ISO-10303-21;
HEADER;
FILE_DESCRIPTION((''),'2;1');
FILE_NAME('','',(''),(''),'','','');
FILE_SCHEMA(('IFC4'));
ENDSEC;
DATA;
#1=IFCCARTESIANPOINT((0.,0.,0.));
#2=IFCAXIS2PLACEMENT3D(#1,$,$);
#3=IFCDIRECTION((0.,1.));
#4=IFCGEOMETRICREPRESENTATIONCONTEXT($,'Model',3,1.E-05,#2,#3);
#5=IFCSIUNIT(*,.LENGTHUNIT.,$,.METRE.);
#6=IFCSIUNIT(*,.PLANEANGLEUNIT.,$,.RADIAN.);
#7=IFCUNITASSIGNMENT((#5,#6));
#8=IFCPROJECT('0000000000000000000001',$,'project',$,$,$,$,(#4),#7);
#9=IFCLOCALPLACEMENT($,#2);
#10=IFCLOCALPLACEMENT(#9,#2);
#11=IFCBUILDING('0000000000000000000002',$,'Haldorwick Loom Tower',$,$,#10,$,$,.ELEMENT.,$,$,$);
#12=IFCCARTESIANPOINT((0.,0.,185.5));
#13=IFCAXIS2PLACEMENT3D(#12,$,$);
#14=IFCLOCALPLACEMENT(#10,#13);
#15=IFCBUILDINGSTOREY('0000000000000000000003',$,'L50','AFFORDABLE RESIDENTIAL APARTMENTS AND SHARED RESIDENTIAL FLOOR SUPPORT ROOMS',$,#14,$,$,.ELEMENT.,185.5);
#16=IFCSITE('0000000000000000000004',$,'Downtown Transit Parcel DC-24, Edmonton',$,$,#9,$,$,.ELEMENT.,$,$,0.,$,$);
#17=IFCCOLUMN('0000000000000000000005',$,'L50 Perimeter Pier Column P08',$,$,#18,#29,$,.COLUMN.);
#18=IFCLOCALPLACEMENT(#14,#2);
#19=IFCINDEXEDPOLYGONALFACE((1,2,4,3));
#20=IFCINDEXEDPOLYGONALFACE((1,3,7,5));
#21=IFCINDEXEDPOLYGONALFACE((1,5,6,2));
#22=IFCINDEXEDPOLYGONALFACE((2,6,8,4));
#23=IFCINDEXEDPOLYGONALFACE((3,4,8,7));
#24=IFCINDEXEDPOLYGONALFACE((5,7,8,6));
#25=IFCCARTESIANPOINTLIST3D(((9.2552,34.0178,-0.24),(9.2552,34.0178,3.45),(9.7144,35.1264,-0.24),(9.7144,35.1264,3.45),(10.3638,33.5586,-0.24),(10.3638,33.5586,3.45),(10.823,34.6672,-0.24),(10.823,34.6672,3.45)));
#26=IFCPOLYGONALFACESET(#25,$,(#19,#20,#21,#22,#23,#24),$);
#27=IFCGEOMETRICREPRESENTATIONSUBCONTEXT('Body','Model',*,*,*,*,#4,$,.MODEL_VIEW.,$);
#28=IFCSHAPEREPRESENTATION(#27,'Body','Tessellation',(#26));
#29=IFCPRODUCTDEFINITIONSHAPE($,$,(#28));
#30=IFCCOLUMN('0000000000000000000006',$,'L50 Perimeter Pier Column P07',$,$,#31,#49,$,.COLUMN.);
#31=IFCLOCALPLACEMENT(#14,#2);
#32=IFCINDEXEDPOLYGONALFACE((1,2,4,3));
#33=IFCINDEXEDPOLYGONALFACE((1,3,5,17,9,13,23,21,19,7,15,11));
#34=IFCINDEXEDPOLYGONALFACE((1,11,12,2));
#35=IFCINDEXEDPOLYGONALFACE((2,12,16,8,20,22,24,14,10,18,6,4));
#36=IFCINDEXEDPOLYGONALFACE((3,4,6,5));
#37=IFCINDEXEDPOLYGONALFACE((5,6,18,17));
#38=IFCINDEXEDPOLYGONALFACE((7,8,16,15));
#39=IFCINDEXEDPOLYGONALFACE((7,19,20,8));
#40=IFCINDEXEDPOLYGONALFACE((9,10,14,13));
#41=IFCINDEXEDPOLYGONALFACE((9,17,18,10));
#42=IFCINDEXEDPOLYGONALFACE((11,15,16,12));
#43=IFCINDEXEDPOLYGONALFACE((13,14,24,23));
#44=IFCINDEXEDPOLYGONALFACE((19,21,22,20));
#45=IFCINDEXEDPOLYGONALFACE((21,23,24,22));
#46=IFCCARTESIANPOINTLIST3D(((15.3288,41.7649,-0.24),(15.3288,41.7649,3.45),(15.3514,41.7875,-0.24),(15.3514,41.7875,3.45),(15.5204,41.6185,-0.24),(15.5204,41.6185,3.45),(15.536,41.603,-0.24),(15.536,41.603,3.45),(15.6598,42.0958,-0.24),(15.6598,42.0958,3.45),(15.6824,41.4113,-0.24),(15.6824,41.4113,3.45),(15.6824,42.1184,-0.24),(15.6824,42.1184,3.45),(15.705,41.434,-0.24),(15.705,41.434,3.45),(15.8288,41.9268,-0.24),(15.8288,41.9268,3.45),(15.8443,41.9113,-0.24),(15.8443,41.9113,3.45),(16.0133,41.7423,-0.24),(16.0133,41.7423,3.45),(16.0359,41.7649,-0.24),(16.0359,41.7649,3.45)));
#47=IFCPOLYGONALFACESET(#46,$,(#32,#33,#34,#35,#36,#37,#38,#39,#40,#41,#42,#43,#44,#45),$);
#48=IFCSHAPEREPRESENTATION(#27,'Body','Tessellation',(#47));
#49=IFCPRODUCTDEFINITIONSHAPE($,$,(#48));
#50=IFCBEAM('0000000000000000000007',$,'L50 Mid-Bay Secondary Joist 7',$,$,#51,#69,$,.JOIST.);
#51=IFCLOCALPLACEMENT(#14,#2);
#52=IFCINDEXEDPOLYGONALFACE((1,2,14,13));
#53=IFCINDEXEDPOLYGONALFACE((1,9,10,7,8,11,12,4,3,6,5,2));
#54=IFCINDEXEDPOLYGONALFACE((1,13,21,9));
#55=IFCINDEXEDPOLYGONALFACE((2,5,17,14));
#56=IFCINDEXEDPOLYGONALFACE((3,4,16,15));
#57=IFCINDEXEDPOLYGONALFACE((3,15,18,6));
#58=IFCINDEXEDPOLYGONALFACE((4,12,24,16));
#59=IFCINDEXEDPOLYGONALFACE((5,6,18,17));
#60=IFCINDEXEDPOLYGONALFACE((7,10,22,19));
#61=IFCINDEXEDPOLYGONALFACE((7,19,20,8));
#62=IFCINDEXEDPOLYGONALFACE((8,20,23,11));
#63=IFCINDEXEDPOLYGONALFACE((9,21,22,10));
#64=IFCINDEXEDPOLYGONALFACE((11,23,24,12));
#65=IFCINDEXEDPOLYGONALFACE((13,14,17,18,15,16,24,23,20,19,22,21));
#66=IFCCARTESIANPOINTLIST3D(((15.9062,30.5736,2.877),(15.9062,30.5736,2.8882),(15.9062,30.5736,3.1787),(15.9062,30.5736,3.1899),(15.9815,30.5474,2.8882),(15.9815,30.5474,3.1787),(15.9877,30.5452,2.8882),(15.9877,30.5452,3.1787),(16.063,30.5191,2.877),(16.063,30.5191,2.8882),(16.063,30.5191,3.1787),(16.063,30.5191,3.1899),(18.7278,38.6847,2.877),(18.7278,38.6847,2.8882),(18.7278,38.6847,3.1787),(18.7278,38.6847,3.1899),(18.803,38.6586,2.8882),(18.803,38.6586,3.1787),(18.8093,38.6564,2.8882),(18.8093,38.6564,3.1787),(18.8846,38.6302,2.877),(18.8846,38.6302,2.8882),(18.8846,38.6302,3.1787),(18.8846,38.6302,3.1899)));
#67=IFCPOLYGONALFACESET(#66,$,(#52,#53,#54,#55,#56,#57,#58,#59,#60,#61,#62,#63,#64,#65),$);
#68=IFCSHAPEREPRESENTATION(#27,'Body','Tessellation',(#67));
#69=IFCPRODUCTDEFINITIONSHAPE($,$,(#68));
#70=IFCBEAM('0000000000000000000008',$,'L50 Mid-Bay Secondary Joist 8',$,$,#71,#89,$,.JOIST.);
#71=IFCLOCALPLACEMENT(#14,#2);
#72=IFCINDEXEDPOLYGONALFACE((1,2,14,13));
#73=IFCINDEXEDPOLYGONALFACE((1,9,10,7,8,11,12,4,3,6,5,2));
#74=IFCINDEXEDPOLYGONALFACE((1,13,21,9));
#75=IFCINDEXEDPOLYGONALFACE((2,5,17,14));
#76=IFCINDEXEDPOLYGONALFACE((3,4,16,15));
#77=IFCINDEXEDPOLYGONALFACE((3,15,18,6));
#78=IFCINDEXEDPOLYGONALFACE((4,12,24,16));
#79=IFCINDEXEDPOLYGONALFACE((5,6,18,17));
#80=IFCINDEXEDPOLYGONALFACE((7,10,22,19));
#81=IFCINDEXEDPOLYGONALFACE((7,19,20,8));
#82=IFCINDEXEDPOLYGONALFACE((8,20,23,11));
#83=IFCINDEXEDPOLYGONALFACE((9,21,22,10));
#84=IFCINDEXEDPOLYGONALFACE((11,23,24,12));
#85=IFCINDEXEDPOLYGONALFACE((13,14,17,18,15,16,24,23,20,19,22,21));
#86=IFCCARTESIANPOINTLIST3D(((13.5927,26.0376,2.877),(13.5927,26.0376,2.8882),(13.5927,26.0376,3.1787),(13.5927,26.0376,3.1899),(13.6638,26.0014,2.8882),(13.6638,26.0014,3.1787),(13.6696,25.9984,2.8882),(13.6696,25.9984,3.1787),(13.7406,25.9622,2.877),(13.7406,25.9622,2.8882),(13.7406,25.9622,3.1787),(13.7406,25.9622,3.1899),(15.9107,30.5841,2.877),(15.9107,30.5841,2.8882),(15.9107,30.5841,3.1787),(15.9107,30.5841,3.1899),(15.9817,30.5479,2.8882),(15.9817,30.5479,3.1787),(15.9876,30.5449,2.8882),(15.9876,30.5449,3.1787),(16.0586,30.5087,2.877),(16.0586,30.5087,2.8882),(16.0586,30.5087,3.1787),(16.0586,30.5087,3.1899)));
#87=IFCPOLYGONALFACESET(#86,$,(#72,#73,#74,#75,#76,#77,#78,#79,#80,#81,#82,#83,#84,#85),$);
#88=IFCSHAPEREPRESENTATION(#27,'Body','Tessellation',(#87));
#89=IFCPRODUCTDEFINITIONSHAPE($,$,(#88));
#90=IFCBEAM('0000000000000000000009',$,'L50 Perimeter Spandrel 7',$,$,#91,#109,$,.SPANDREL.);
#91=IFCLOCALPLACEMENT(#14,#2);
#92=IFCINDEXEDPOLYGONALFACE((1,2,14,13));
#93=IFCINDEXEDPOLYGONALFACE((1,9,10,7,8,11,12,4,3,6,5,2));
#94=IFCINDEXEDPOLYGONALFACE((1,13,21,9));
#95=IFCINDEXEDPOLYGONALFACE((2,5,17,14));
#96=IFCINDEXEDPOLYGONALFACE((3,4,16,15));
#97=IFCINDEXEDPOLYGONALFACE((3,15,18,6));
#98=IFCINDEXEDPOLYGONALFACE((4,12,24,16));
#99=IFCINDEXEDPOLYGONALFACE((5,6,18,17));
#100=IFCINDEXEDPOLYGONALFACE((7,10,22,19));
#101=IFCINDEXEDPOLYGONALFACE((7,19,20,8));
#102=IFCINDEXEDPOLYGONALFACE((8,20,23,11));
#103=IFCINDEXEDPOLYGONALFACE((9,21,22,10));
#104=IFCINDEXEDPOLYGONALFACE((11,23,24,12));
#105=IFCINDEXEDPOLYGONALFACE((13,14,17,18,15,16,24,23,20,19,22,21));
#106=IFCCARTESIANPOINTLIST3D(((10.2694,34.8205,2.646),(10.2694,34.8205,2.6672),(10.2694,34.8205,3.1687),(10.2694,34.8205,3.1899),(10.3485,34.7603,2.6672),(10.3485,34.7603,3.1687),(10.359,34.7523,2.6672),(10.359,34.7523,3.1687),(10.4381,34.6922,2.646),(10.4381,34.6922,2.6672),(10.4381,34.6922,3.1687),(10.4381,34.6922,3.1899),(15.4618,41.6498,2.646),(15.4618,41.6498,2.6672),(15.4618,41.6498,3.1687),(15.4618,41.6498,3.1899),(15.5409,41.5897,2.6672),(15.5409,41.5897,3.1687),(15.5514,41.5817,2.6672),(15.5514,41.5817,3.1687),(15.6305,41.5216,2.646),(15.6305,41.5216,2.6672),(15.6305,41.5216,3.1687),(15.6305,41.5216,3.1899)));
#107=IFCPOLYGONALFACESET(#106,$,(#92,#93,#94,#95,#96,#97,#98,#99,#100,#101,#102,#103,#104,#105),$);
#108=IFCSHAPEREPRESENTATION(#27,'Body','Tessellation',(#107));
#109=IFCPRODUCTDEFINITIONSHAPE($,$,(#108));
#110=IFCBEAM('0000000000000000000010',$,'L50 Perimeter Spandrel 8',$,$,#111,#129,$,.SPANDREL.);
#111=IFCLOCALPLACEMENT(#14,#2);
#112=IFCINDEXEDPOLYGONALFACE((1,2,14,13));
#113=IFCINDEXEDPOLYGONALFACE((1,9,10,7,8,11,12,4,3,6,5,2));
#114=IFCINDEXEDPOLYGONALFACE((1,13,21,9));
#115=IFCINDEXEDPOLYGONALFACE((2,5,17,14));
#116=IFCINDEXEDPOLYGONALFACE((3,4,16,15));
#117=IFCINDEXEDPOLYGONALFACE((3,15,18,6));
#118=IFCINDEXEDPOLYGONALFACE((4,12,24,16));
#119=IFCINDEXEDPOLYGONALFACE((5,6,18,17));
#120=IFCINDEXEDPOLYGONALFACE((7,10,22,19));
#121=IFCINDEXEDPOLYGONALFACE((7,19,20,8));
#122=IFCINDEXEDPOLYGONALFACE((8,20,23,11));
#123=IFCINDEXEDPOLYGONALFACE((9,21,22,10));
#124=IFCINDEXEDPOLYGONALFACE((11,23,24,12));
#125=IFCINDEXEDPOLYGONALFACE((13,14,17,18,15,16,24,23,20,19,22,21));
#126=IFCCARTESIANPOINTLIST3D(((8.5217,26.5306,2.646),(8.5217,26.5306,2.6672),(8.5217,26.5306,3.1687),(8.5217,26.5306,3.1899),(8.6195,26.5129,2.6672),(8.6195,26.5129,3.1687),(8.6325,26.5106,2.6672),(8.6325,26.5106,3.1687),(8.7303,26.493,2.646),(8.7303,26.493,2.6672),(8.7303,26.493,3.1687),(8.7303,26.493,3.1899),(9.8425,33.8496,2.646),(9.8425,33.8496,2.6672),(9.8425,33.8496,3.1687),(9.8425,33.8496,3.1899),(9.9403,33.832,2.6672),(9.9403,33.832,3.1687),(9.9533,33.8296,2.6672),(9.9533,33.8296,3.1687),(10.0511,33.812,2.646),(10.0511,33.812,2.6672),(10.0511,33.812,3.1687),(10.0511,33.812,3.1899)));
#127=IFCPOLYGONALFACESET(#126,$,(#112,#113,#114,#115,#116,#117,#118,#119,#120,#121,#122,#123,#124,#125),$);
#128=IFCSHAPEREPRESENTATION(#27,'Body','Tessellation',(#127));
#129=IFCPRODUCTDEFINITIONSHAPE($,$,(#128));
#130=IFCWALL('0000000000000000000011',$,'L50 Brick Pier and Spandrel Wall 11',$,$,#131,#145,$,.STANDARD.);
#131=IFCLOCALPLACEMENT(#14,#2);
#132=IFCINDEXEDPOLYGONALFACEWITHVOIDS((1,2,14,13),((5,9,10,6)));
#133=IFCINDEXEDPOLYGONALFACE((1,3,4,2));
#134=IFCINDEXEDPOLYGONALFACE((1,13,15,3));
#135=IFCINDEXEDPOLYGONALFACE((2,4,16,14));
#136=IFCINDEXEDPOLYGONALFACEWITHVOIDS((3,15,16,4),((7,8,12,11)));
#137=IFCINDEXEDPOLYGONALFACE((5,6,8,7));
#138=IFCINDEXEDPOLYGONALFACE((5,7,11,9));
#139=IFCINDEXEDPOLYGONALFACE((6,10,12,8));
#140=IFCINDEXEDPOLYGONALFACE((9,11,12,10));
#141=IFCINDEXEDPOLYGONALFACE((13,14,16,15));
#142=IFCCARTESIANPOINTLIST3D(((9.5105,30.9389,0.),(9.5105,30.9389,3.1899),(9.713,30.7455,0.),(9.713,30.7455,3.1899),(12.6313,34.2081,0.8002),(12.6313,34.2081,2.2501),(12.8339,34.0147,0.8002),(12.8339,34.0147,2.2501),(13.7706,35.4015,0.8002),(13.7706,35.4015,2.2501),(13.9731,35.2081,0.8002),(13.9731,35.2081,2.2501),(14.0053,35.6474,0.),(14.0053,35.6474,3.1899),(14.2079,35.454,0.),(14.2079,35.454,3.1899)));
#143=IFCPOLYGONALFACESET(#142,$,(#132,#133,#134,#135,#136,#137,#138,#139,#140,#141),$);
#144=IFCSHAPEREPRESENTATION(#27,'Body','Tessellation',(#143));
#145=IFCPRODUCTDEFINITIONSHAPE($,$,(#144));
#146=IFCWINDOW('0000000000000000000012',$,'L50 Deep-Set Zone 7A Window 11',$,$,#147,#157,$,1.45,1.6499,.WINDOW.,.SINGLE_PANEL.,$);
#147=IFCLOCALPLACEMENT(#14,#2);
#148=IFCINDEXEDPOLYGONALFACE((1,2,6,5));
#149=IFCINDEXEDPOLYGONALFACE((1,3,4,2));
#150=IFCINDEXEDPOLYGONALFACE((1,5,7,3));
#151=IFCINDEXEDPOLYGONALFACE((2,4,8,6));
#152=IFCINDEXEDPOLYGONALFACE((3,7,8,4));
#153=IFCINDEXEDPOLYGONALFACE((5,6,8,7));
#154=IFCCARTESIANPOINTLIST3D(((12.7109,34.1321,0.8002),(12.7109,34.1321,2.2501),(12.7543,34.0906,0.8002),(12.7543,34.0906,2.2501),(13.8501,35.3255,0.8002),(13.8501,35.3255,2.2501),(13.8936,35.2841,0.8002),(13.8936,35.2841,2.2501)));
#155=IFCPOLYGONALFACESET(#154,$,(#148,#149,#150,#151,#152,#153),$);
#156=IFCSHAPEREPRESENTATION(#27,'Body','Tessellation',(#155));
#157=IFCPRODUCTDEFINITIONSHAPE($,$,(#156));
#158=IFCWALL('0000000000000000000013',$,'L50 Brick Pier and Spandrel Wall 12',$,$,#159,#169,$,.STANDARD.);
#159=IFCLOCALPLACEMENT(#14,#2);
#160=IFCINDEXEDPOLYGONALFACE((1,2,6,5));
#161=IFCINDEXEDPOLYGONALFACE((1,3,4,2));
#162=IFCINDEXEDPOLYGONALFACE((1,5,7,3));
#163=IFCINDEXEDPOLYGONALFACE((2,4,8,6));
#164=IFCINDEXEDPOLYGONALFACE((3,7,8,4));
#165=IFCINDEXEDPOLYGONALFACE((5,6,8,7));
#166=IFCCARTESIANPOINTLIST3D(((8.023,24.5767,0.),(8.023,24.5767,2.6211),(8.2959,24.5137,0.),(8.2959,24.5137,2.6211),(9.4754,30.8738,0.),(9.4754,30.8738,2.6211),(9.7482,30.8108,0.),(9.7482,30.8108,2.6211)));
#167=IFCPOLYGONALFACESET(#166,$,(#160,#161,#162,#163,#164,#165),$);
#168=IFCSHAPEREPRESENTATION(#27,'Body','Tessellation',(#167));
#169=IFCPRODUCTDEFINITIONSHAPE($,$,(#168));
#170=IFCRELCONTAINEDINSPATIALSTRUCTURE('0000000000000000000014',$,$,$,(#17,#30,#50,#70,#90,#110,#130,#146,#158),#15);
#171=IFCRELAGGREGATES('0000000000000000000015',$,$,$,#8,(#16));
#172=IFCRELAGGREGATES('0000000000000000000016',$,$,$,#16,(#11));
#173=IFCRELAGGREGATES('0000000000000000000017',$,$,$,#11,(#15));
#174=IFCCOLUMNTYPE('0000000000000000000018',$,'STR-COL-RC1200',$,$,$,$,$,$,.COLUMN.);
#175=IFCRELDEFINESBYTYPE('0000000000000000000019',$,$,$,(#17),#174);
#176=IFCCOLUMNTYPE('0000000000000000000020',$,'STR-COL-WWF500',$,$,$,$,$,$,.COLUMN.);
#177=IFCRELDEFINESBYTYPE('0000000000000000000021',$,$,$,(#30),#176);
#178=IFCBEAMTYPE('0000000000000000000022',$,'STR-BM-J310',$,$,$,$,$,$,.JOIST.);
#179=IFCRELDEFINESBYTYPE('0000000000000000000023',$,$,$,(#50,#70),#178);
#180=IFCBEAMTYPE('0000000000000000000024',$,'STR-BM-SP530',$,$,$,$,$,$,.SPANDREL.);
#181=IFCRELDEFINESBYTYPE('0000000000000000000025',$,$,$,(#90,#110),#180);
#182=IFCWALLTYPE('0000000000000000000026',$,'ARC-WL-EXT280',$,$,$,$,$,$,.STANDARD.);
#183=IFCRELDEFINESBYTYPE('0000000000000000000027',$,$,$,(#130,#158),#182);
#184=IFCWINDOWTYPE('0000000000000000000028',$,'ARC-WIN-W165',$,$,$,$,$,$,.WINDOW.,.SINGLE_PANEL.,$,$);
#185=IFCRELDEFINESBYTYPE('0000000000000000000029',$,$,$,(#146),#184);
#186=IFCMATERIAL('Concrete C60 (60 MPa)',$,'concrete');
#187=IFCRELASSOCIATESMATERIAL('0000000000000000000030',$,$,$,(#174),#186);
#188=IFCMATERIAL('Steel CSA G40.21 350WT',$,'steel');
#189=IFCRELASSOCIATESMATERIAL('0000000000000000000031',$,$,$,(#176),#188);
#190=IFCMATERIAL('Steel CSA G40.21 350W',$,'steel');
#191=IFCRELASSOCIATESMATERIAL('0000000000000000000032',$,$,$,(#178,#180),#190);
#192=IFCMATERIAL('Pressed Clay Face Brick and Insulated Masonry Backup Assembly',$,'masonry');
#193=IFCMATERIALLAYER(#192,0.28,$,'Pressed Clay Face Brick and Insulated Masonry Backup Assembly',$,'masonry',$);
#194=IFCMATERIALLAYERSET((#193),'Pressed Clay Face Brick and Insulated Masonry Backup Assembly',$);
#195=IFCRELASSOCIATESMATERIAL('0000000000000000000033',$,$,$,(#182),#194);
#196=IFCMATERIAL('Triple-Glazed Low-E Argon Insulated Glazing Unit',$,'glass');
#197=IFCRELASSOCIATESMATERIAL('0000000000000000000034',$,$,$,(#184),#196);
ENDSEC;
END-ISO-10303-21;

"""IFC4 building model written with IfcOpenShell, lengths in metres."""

from ifc_helpers import new_model, si_unit, direction, frame, frame_2d, origin, origin_2d, place, context, subcontext, project, spatial, rectangle, i_section, extrude, material, layer, layer_set, material_profile, profile_set, type_object, element, fill, save


model = new_model("IFC4")

# Units and contexts
model_context = context("Model", 3, precision=1e-05, world=origin(), true_north=direction((0.0, 1.0)))
body_context = subcontext(model_context, "Body", "Model", "MODEL_VIEW")
ifc_project = project(units=[si_unit("LENGTHUNIT", "METRE"), si_unit("PLANEANGLEUNIT", "RADIAN")], contexts=[model_context])

# Site, building, storey
site_placement = place(None, origin())
site = spatial("IfcSite", under=ifc_project, at=site_placement, Name="Downtown Transit Parcel DC-24, Edmonton", CompositionType="ELEMENT", RefElevation=0.0)
building_placement = place(site_placement, origin())
building = spatial("IfcBuilding", under=site, at=building_placement, Name="Haldorwick Loom Tower", CompositionType="ELEMENT")
storey_placement = place(building_placement, frame((0.0, 0.0, 185.5)))
storey = spatial("IfcBuildingStorey", under=building, at=storey_placement, Name="L50", Description="AFFORDABLE RESIDENTIAL APARTMENTS AND SHARED RESIDENTIAL FLOOR SUPPORT ROOMS", CompositionType="ELEMENT", Elevation=185.5)

# Columns
ifc_material_1 = material(Name="Concrete C60 (60 MPa)", Category="concrete")
ifc_material_profile_1 = material_profile(ifc_material_1, rectangle(XDim=1.2, YDim=1.2, at=origin_2d()), Name="RC1200X1200", Category="concrete")
ifc_profile_set_1 = profile_set([ifc_material_profile_1], Name="Concrete C60 (60 MPa)")
column_type_1 = type_object("IfcColumnType", Name="STR-COL-RC1200", PredefinedType="COLUMN", material=ifc_profile_set_1)
column_1_placement = place(storey_placement, frame((10.0391, 34.3425, -0.24), z_axis=(0.0, 0.0, 1.0), x_axis=(-0.92388, 0.382683, 0.0)))
element("IfcColumn", 1, at=column_1_placement, inside=storey, type_object=column_type_1, Name="L50 Perimeter Pier Column P08", PredefinedType="COLUMN", context=body_context, shape_type="SweptSolid", body=[
    extrude(rectangle(XDim=1.2, YDim=1.2, at=origin_2d()), origin(), (0.0, 0.0, 1.0), 3.6899),
])
ifc_material_2 = material(Name="Steel CSA G40.21 350WT", Category="steel")
ifc_material_profile_2 = material_profile(ifc_material_2, i_section(OverallWidth=0.5, OverallDepth=0.5, WebThickness=0.022, FlangeThickness=0.032, at=origin_2d()), Name="WWF500X500", Category="steel")
ifc_profile_set_2 = profile_set([ifc_material_profile_2], Name="Steel CSA G40.21 350WT")
column_type_2 = type_object("IfcColumnType", Name="STR-COL-WWF500", PredefinedType="COLUMN", material=ifc_profile_set_2)
column_2_placement = place(storey_placement, frame((15.6824, 41.7649, -0.24), z_axis=(0.0, 0.0, 1.0), x_axis=(-0.707107, 0.707107, 0.0)))
element("IfcColumn", 2, at=column_2_placement, inside=storey, type_object=column_type_2, Name="L50 Perimeter Pier Column P07", PredefinedType="COLUMN", context=body_context, shape_type="SweptSolid", body=[
    extrude(i_section(OverallWidth=0.5, OverallDepth=0.5, WebThickness=0.022, FlangeThickness=0.032, at=origin_2d()), origin(), (0.0, 0.0, 1.0), 3.6899),
])

# Beams
ifc_material_3 = material(Name="Steel CSA G40.21 350W", Category="steel")
ifc_material_profile_3 = material_profile(ifc_material_3, i_section(OverallWidth=0.166, OverallDepth=0.313, WebThickness=0.0066, FlangeThickness=0.0112, at=origin_2d()), Name="W310X45", Category="steel")
ifc_profile_set_3 = profile_set([ifc_material_profile_3], Name="Steel CSA G40.21 350W")
beam_type_1 = type_object("IfcBeamType", Name="STR-BM-J310", PredefinedType="JOIST", material=ifc_profile_set_3)
beam_1_placement = place(storey_placement, frame((18.8062, 38.6575, 3.0334), z_axis=(-0.32855, -0.944486, 0.0), x_axis=(0.944486, -0.32855, 0.0)))
element("IfcBeam", 3, at=beam_1_placement, inside=storey, type_object=beam_type_1, Name="L50 Mid-Bay Secondary Joist 7", PredefinedType="JOIST", context=body_context, shape_type="SweptSolid", body=[
    extrude(i_section(OverallWidth=0.166, OverallDepth=0.313, WebThickness=0.0066, FlangeThickness=0.0112, at=origin_2d()), origin(), (0.0, 0.0, 1.0), 8.5879),
])
beam_2_placement = place(storey_placement, frame((15.9846, 30.5464, 3.0334), z_axis=(-0.454204, -0.890898, 0.0), x_axis=(0.890898, -0.454204, 0.0)))
element("IfcBeam", 4, at=beam_2_placement, inside=storey, type_object=beam_type_1, Name="L50 Mid-Bay Secondary Joist 8", PredefinedType="JOIST", context=body_context, shape_type="SweptSolid", body=[
    extrude(i_section(OverallWidth=0.166, OverallDepth=0.313, WebThickness=0.0066, FlangeThickness=0.0112, at=origin_2d()), origin(), (0.0, 0.0, 1.0), 5.1033),
])
ifc_material_profile_4 = material_profile(ifc_material_3, i_section(OverallWidth=0.2119, OverallDepth=0.5439, WebThickness=0.0132, FlangeThickness=0.0212, at=origin_2d()), Name="W530X123", Category="steel")
ifc_profile_set_4 = profile_set([ifc_material_profile_4], Name="Steel CSA G40.21 350W")
beam_type_2 = type_object("IfcBeamType", Name="STR-BM-SP530", PredefinedType="SPANDREL", material=ifc_profile_set_4)
beam_3_placement = place(storey_placement, frame((15.5461, 41.5857, 2.918), z_axis=(-0.605237, -0.796045, 0.0), x_axis=(0.796045, -0.605237, 0.0)))
element("IfcBeam", 5, at=beam_3_placement, inside=storey, type_object=beam_type_2, Name="L50 Perimeter Spandrel 7", PredefinedType="SPANDREL", context=body_context, shape_type="SweptSolid", body=[
    extrude(i_section(OverallWidth=0.2119, OverallDepth=0.5439, WebThickness=0.0132, FlangeThickness=0.0212, at=origin_2d()), origin(), (0.0, 0.0, 1.0), 8.5791),
])
beam_4_placement = place(storey_placement, frame((9.9468, 33.8308, 2.918), z_axis=(-0.177591, -0.984104, 0.0), x_axis=(0.984104, -0.177591, 0.0)))
element("IfcBeam", 6, at=beam_4_placement, inside=storey, type_object=beam_type_2, Name="L50 Perimeter Spandrel 8", PredefinedType="SPANDREL", context=body_context, shape_type="SweptSolid", body=[
    extrude(i_section(OverallWidth=0.2119, OverallDepth=0.5439, WebThickness=0.0132, FlangeThickness=0.0212, at=origin_2d()), origin(), (0.0, 0.0, 1.0), 7.4373),
])

# Wall, opening, window
ifc_material_4 = material(Name="Pressed Clay Face Brick and Insulated Masonry Backup Assembly", Category="masonry")
ifc_layer_1 = layer(ifc_material_4, 0.28, Name="Pressed Clay Face Brick and Insulated Masonry Backup Assembly", Category="masonry")
ifc_layer_set_1 = layer_set([ifc_layer_1], Name="Pressed Clay Face Brick and Insulated Masonry Backup Assembly")
wall_type_1 = type_object("IfcWallType", Name="ARC-WL-EXT280", PredefinedType="STANDARD", material=ifc_layer_set_1)
wall_1_placement = place(storey_placement, frame((14.1067, 35.5508, 0.0), z_axis=(0.0, 0.0, 1.0), x_axis=(-0.690508, -0.723325, 0.0)))
wall_1 = element("IfcWall", 7, at=wall_1_placement, inside=storey, type_object=wall_type_1, Name="L50 Brick Pier and Spandrel Wall 11", PredefinedType="STANDARD", context=body_context, shape_type="SweptSolid", body=[
    extrude(rectangle(XDim=6.5095, YDim=0.28, at=frame_2d((3.2549, 0.0))), origin(), (0.0, 0.0, 1.0), 3.1899),
])
opening_1_placement = place(wall_1_placement, frame((0.3401, 0.0, 0.8)))
opening_1 = element("IfcOpeningElement", 8, at=opening_1_placement, cuts=wall_1, PredefinedType="OPENING", context=body_context, shape_type="SweptSolid", body=[
    extrude(rectangle(XDim=1.6499, YDim=1.45, at=frame_2d((0.825, 0.7251))), frame((0.0, 0.1499, 0.0), z_axis=(0.0, -1.0, 0.0), x_axis=(1.0, 0.0, 0.0)), (0.0, 0.0, 1.0), 0.3),
])
ifc_material_5 = material(Name="Triple-Glazed Low-E Argon Insulated Glazing Unit", Category="glass")
window_type = type_object("IfcWindowType", Name="ARC-WIN-W165", PartitioningType="SINGLE_PANEL", PredefinedType="WINDOW", material=ifc_material_5)
window_placement = place(opening_1_placement, origin())
window = element("IfcWindow", 9, at=window_placement, inside=storey, type_object=window_type, Name="L50 Deep-Set Zone 7A Window 11", OverallHeight=1.45, OverallWidth=1.6499, PartitioningType="SINGLE_PANEL", PredefinedType="WINDOW", context=body_context, shape_type="SweptSolid", body=[
    extrude(rectangle(XDim=1.6499, YDim=1.45, at=frame_2d((0.825, 0.7251))), frame((0.0, 0.03, 0.0), z_axis=(0.0, -1.0, 0.0), x_axis=(1.0, 0.0, 0.0)), (0.0, 0.0, 1.0), 0.0601),
])
fill(opening_1, window)

# Wall
wall_2_placement = place(storey_placement, frame((9.6118, 30.8423, 0.0), z_axis=(0.0, 0.0, 1.0), x_axis=(-0.224744, -0.974418, 0.0)))
element("IfcWall", 10, at=wall_2_placement, inside=storey, type_object=wall_type_1, Name="L50 Brick Pier and Spandrel Wall 12", PredefinedType="STANDARD", context=body_context, shape_type="SweptSolid", body=[
    extrude(rectangle(XDim=6.4624, YDim=0.28, at=frame_2d((3.2312, 0.0))), origin(), (0.0, 0.0, 1.0), 2.6211),
])

save(model, "model.ifc")
